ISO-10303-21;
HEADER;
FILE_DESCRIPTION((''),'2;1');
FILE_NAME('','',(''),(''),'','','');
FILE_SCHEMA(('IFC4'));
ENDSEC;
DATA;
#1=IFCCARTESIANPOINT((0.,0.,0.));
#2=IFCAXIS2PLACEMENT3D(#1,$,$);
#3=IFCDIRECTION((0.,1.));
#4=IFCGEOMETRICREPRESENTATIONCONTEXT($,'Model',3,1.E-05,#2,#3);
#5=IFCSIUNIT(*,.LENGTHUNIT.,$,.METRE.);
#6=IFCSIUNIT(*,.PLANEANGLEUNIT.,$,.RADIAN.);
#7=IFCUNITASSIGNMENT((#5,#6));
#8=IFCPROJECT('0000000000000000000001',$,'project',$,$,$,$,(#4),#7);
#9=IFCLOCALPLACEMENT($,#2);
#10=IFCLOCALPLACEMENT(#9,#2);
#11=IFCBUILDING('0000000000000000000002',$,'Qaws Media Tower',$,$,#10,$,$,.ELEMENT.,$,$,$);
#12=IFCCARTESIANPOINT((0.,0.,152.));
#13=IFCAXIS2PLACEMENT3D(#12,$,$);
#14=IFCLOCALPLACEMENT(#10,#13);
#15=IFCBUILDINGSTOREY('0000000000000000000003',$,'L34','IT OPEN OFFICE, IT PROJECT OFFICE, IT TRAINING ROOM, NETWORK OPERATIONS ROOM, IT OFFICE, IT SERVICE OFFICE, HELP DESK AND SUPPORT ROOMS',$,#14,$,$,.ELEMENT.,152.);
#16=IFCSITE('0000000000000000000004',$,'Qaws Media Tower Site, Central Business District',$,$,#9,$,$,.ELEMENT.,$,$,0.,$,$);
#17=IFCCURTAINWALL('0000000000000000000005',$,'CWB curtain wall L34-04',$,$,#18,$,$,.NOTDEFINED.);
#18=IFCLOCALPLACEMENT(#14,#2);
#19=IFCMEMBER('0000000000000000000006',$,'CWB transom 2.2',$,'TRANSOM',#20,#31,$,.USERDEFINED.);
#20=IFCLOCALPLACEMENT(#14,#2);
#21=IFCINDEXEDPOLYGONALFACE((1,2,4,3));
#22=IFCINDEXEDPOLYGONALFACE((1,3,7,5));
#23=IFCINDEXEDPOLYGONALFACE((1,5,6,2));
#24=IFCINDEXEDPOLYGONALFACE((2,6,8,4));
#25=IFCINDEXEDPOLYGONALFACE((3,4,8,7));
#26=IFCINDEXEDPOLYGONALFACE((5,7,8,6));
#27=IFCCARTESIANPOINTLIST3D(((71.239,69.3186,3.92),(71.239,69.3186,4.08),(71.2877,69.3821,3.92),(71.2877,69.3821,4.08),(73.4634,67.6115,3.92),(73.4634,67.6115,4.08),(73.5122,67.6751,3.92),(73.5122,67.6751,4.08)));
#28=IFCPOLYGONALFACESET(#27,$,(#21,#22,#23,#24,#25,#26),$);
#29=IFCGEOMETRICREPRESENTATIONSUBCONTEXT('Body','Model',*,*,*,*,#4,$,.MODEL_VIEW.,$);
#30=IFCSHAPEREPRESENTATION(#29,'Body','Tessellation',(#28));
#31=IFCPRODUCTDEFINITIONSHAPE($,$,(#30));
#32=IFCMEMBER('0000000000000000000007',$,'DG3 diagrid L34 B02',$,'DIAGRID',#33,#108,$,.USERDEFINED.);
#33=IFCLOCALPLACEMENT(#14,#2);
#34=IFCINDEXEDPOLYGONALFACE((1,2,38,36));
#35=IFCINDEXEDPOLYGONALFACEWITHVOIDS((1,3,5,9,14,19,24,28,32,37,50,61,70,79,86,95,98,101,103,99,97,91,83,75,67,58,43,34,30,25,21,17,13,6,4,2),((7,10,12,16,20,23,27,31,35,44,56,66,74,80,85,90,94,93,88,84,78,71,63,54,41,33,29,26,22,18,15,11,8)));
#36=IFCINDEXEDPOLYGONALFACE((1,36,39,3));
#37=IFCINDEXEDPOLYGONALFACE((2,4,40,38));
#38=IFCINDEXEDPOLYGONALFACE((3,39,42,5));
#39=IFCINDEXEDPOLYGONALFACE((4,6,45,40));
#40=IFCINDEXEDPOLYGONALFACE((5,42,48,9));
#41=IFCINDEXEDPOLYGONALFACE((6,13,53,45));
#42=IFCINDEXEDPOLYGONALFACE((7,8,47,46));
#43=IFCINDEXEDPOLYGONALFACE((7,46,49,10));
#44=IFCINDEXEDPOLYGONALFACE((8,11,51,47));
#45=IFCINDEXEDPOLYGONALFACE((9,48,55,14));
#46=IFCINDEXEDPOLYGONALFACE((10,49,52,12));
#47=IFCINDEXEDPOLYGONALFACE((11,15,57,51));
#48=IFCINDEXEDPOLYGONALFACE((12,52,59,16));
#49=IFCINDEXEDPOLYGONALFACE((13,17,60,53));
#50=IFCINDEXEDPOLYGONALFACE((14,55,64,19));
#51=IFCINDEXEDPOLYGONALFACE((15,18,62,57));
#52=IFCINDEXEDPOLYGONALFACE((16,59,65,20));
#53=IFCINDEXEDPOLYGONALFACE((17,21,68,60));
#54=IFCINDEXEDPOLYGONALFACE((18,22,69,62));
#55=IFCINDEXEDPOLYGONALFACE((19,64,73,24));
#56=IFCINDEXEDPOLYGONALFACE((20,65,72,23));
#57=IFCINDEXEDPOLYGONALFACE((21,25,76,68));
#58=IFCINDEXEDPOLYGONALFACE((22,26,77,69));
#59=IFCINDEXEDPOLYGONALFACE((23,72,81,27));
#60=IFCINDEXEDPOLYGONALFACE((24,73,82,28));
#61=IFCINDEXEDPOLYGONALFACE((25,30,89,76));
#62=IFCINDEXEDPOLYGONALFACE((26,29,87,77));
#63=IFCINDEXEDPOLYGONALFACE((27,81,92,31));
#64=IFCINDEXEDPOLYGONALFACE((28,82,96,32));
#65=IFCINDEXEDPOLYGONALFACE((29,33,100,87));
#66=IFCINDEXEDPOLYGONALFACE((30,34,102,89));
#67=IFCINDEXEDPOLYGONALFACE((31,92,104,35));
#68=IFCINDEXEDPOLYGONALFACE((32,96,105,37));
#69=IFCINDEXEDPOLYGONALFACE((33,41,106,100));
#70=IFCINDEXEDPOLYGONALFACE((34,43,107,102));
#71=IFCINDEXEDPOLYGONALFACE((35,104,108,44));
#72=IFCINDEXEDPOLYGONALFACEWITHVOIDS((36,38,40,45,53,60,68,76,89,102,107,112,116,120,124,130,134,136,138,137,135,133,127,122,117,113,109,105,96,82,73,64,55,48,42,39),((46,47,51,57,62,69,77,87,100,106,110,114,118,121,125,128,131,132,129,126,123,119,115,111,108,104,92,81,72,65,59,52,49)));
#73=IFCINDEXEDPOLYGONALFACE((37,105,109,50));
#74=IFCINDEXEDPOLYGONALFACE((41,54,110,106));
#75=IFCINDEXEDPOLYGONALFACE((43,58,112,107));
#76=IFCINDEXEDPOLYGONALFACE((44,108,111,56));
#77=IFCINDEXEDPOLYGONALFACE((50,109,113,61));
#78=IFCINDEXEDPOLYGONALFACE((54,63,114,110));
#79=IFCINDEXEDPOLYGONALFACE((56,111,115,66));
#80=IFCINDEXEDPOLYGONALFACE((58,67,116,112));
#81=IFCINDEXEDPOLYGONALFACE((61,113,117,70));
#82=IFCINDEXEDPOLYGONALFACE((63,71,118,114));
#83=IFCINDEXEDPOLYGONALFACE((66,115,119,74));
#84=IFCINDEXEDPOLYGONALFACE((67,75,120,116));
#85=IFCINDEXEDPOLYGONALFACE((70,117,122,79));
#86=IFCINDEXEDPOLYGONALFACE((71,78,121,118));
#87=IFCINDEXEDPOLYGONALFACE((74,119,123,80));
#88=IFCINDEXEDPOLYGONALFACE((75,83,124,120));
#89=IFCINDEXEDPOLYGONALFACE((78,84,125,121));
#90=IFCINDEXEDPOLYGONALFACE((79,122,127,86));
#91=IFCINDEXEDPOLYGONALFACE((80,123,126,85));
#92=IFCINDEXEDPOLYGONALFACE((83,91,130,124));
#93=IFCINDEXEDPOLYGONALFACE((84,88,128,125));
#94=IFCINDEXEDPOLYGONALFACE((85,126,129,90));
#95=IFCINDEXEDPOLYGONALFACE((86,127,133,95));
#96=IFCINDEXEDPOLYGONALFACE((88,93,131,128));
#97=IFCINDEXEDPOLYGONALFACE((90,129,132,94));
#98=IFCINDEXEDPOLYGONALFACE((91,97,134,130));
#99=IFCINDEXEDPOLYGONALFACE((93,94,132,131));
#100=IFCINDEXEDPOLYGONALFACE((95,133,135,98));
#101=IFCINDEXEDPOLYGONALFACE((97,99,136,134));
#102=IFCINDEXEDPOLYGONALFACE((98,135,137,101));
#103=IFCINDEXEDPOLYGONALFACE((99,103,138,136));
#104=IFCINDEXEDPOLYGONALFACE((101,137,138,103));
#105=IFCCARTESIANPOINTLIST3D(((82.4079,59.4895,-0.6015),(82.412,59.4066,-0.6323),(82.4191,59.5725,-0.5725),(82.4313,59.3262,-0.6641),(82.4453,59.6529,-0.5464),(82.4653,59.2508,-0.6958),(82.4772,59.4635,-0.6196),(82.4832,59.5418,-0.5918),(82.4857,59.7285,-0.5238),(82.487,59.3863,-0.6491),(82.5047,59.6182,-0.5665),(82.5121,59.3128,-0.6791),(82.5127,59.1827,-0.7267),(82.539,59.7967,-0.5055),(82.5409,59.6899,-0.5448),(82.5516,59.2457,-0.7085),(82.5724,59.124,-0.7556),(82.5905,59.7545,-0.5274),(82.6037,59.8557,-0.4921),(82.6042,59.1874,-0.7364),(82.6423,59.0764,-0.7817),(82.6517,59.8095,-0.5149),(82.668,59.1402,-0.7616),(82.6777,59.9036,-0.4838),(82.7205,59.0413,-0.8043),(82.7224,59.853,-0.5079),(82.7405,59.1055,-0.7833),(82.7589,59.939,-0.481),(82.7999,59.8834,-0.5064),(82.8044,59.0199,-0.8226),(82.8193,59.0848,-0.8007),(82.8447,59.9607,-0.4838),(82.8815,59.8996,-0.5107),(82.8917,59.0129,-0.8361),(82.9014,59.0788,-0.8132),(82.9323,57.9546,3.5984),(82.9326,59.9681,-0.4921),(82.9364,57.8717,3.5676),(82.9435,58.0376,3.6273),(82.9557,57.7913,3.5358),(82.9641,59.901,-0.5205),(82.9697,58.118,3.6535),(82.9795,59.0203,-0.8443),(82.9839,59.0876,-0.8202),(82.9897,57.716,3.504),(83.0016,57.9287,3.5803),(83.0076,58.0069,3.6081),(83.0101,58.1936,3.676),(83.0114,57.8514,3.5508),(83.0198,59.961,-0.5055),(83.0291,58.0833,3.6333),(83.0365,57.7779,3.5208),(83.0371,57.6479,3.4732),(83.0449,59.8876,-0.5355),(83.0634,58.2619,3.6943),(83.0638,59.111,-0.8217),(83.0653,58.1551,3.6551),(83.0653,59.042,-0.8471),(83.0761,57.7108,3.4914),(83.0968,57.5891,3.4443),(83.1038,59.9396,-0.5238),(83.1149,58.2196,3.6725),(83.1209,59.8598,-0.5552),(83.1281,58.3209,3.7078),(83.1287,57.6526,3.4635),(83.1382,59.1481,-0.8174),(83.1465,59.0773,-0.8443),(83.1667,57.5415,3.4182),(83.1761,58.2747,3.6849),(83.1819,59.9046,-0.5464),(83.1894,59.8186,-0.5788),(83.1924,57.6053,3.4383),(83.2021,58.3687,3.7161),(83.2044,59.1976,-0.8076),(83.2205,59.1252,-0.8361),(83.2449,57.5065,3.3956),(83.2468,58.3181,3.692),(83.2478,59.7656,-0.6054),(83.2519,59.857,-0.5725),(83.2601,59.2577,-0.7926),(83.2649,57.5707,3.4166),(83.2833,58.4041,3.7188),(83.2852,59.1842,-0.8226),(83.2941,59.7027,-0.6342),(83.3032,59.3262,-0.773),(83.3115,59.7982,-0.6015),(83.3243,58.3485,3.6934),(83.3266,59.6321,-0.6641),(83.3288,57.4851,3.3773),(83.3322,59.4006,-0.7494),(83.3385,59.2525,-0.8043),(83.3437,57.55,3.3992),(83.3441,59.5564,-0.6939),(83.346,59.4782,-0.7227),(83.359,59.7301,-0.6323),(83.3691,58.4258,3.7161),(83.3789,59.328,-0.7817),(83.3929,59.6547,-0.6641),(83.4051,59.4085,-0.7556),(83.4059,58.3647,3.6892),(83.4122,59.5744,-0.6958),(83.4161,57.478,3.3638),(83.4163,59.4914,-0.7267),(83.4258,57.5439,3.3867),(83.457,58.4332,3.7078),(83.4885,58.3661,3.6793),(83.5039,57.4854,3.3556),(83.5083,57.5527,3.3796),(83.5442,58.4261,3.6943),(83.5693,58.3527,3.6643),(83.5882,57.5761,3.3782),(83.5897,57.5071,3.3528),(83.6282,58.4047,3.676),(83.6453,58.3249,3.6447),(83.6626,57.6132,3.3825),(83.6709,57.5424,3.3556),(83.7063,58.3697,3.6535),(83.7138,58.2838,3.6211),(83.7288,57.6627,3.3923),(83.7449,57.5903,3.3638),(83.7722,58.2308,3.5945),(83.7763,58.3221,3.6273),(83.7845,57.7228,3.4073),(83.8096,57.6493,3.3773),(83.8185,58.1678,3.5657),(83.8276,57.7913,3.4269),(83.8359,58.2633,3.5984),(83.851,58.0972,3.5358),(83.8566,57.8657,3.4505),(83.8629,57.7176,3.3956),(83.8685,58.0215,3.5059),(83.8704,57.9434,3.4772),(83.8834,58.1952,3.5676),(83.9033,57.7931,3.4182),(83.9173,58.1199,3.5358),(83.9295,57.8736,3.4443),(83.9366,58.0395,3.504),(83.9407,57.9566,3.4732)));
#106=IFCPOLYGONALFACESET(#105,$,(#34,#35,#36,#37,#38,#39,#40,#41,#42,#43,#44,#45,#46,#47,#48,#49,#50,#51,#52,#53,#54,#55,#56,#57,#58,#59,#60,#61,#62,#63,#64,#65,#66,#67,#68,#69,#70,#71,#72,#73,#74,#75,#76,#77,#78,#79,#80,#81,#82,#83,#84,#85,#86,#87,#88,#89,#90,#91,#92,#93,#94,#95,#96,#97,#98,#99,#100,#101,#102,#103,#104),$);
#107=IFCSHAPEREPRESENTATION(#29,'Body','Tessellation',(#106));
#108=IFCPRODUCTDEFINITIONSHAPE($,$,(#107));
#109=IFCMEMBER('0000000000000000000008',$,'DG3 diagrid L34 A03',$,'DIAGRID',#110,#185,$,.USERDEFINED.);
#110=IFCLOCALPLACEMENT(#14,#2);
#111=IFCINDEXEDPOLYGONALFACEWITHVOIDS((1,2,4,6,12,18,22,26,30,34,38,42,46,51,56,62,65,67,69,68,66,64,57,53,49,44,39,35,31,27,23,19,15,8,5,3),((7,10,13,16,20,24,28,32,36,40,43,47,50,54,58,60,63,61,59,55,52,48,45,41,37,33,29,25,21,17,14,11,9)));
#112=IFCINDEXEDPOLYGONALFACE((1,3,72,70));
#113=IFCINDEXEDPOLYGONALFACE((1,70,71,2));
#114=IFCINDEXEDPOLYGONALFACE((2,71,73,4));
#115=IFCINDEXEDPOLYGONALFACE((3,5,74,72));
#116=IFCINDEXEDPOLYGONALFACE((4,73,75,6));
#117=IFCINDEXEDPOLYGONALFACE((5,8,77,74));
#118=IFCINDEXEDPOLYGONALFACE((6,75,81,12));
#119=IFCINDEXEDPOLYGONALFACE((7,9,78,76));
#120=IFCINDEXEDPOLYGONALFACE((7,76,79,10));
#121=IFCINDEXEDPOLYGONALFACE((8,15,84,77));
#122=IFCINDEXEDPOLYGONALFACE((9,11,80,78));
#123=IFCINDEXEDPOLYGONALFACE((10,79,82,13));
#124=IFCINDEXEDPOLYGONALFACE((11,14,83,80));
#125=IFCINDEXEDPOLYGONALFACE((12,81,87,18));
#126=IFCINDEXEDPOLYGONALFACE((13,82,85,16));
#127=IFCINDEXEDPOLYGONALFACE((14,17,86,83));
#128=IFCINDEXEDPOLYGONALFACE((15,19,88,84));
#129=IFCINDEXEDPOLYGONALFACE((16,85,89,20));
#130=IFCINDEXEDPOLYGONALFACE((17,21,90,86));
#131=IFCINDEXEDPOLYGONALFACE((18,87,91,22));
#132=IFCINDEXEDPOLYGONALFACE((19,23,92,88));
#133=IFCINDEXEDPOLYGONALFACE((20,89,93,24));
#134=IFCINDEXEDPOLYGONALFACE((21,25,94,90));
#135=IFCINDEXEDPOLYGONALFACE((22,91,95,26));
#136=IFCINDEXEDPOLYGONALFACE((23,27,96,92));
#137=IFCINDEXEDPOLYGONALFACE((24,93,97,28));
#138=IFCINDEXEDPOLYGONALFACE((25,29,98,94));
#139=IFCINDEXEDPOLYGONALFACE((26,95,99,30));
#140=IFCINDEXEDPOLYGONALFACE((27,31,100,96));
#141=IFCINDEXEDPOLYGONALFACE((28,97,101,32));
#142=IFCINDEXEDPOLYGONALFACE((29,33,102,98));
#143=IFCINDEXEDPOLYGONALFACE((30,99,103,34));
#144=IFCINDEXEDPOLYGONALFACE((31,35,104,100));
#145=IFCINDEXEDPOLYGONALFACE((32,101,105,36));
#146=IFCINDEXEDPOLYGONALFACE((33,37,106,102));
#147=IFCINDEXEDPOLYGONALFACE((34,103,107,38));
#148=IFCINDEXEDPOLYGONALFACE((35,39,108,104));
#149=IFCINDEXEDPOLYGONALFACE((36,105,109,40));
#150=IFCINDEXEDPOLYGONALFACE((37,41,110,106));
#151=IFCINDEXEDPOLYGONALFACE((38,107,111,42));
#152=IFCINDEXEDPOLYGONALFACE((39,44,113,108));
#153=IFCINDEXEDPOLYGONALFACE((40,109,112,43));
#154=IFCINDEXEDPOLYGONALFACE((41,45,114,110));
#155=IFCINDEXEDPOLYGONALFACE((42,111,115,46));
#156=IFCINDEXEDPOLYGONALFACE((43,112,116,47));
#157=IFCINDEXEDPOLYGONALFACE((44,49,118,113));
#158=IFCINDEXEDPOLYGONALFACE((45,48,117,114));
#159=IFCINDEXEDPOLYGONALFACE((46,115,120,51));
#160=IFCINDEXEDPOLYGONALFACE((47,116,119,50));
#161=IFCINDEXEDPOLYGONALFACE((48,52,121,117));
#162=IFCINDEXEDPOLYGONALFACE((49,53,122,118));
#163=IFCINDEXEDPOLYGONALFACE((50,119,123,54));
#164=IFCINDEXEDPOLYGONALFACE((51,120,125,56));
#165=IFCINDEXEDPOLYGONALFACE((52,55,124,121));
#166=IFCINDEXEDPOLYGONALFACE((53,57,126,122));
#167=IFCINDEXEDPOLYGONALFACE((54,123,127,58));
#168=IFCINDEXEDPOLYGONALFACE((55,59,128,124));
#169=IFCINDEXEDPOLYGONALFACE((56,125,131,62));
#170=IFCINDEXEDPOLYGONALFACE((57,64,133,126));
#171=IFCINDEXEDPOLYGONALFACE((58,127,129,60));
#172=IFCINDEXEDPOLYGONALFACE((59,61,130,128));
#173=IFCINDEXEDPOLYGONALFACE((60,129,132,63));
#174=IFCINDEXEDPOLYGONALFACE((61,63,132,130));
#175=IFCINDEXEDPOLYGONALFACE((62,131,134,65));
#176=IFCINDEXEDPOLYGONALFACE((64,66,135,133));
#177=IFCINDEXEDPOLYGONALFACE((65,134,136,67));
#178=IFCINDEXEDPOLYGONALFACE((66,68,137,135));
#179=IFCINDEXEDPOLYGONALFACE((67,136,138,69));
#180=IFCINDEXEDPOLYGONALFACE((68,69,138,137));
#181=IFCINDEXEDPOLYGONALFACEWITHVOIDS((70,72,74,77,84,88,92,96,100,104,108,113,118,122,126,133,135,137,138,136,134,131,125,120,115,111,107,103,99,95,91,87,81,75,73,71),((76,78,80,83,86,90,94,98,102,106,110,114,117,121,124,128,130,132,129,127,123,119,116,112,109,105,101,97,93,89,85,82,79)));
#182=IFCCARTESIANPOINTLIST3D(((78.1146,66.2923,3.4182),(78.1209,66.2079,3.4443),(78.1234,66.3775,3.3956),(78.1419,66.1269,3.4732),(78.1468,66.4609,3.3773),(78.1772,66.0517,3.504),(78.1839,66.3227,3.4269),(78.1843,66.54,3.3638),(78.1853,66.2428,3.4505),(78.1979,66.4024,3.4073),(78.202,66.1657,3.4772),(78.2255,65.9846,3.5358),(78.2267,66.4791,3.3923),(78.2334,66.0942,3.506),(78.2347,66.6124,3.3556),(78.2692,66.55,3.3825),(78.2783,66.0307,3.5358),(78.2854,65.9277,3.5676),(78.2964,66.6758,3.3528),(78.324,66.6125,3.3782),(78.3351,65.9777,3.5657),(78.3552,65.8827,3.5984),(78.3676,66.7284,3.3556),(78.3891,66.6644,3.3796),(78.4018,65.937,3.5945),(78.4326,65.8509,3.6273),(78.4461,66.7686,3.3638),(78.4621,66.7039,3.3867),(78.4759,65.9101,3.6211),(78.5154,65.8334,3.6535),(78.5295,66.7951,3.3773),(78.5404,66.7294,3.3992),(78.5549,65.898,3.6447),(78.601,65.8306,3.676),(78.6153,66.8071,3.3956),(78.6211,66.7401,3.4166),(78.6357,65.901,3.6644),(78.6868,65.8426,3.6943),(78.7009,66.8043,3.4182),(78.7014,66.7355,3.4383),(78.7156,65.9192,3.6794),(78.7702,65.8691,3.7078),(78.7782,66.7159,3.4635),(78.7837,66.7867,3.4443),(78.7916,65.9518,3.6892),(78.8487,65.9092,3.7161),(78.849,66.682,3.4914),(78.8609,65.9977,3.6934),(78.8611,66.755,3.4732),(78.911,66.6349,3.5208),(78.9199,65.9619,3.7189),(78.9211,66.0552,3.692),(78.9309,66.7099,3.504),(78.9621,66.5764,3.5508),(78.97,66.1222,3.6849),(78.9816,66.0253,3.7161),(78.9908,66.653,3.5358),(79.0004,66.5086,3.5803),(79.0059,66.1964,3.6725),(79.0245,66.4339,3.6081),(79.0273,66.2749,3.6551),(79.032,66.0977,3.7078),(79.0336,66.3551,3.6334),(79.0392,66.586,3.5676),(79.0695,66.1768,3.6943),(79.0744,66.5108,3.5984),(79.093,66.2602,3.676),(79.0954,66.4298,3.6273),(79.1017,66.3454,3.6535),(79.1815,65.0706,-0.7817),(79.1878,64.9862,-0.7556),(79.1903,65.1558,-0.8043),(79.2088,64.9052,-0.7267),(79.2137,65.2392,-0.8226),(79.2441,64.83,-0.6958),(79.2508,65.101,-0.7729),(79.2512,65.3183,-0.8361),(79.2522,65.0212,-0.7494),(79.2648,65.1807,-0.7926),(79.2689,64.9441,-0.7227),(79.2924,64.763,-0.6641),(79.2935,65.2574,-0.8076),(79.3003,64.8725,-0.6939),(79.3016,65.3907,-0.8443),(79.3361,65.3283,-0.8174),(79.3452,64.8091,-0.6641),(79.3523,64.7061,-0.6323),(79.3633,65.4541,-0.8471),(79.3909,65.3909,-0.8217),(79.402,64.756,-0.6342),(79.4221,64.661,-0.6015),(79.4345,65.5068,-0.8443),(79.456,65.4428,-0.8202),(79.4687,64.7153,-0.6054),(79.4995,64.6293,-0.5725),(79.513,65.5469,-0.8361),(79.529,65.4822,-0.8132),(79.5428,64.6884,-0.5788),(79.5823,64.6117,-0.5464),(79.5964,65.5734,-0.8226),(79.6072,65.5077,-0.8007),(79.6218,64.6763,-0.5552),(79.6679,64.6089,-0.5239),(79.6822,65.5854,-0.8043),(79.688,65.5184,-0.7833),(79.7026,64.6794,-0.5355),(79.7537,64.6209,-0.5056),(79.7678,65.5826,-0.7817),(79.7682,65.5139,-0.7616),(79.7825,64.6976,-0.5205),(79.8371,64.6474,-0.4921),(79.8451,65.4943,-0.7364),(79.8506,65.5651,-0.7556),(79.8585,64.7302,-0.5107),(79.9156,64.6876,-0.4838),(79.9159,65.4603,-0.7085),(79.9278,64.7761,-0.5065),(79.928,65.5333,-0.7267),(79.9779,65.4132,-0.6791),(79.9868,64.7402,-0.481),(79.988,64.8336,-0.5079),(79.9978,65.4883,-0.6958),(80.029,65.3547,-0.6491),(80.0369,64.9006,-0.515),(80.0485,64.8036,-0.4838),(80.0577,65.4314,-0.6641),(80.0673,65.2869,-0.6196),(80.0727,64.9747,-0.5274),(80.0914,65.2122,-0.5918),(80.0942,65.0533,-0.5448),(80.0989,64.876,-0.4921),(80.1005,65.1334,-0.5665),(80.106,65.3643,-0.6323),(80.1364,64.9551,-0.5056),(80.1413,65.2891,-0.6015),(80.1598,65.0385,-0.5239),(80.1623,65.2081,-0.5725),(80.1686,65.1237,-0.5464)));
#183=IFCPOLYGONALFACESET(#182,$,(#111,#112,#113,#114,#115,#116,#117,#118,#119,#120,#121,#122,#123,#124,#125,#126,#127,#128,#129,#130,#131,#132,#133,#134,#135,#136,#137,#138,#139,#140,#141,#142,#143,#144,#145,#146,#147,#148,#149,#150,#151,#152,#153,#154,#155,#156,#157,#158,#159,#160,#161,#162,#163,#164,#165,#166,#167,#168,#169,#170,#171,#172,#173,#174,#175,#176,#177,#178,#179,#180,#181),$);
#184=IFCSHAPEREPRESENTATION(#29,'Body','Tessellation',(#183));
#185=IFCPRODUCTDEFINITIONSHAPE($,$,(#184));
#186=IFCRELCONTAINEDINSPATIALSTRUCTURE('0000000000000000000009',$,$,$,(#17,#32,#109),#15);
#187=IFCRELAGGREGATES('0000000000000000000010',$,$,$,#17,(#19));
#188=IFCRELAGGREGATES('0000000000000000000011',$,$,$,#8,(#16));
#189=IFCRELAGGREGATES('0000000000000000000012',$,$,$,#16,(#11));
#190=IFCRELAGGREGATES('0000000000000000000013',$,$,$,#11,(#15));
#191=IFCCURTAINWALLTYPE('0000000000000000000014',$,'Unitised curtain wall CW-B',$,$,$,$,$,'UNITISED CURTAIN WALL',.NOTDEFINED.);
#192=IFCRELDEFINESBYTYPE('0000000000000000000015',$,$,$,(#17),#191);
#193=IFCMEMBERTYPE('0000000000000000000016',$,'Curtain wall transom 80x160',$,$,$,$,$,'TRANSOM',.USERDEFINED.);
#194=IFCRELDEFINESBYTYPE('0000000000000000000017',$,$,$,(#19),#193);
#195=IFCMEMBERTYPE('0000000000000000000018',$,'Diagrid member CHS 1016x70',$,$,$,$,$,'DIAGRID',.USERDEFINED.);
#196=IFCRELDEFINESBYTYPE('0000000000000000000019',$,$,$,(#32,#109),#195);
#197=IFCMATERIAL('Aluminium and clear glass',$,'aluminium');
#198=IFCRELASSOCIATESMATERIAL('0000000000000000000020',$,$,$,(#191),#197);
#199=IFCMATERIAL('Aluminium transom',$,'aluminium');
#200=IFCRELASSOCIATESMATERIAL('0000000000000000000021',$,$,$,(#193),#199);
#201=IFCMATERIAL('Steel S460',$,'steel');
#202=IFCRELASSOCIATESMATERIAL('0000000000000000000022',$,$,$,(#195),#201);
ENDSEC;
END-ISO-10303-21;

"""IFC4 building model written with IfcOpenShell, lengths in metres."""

from ifc_helpers import new_model, si_unit, direction, frame, origin, origin_2d, place, context, subcontext, project, spatial, rectangle, hollow_circle, extrude, material, material_profile, profile_set, type_object, element, aggregate, save


model = new_model("IFC4")

# Units and contexts
model_context = context("Model", 3, precision=1e-05, world=origin(), true_north=direction((0.0, 1.0)))
body_context = subcontext(model_context, "Body", "Model", "MODEL_VIEW")
ifc_project = project(units=[si_unit("LENGTHUNIT", "METRE"), si_unit("PLANEANGLEUNIT", "RADIAN")], contexts=[model_context])

# Site, building, storey
site_placement = place(None, origin())
site = spatial("IfcSite", under=ifc_project, at=site_placement, Name="Qaws Media Tower Site, Central Business District", CompositionType="ELEMENT", RefElevation=0.0)
building_placement = place(site_placement, origin())
building = spatial("IfcBuilding", under=site, at=building_placement, Name="Qaws Media Tower", CompositionType="ELEMENT")
storey_placement = place(building_placement, frame((0.0, 0.0, 152.0)))
storey = spatial("IfcBuildingStorey", under=building, at=storey_placement, Name="L34", Description="IT OPEN OFFICE, IT PROJECT OFFICE, IT TRAINING ROOM, NETWORK OPERATIONS ROOM, IT OFFICE, IT SERVICE OFFICE, HELP DESK AND SUPPORT ROOMS", CompositionType="ELEMENT", Elevation=152.0)

# Shared definitions
ifc_material_1 = material(Name="Aluminium and clear glass", Category="aluminium")
curtain_wall_type = type_object("IfcCurtainWallType", Name="Unitised curtain wall CW-B", ElementType="UNITISED CURTAIN WALL", PredefinedType="NOTDEFINED", material=ifc_material_1)

# Curtain wall
curtain_wall_1_placement = place(storey_placement, origin())
curtain_wall_1 = element("IfcCurtainWall", 1, at=curtain_wall_1_placement, inside=storey, type_object=curtain_wall_type, Name="CWB curtain wall L34-04", PredefinedType="NOTDEFINED")

# Member
ifc_material_2 = material(Name="Aluminium transom", Category="aluminium")
ifc_material_profile_1 = material_profile(ifc_material_2, rectangle(XDim=0.0801, YDim=0.1599, at=origin_2d()), Name="80x160")
ifc_profile_set_1 = profile_set([ifc_material_profile_1], Name="Aluminium transom")
member_type_1 = type_object("IfcMemberType", Name="Curtain wall transom 80x160", ElementType="TRANSOM", PredefinedType="USERDEFINED", material=ifc_profile_set_1)
member_1_placement = place(storey_placement, frame((73.4878, 67.6433, 4.0), z_axis=(-0.793316, 0.60881, 0.0), x_axis=(-0.60881, -0.793316, 0.0)))
member_1 = element("IfcMember", 2, at=member_1_placement, type_object=member_type_1, Name="CWB transom 2.2", ObjectType="TRANSOM", PredefinedType="USERDEFINED", context=body_context, shape_type="SweptSolid", body=[
    extrude(rectangle(XDim=0.0801, YDim=0.1599, at=origin_2d()), origin(), (0.0, 0.0, 1.0), 2.804),
])

# Members
ifc_material_3 = material(Name="Steel S460", Category="steel")
ifc_material_profile_2 = material_profile(ifc_material_3, hollow_circle(Radius=0.5081, WallThickness=0.0701, at=origin_2d()), Name="CHS 1016x70")
ifc_profile_set_2 = profile_set([ifc_material_profile_2], Name="Steel S460")
member_type_2 = type_object("IfcMemberType", Name="Diagrid member CHS 1016x70", ElementType="DIAGRID", PredefinedType="USERDEFINED", material=ifc_profile_set_2)
for number, where, z_axis, x_axis, name in (
    (3, (82.9121, 59.4905, -0.6641), (0.116477, -0.340919, 0.932849), (0.946294, 0.323308, 0.0), "DG3 diagrid L34 B02"),
    (4, (79.675, 65.0972, -0.6641), (-0.236969, 0.271348, 0.932854), (-0.75321, -0.65778, 0.0), "DG3 diagrid L34 A03"),
):
    element("IfcMember", number, at=place(storey_placement, frame(where, z_axis=z_axis, x_axis=x_axis)), inside=storey, type_object=member_type_2, Name=name, ObjectType="DIAGRID", PredefinedType="USERDEFINED", context=body_context, shape_type="SweptSolid", body=[
        extrude(hollow_circle(Radius=0.5081, WallThickness=0.0701, at=origin_2d()), origin(), (0.0, 0.0, 1.0), 4.5022),
    ])

aggregate(curtain_wall_1, [member_1])

save(model, "model.ifc")
